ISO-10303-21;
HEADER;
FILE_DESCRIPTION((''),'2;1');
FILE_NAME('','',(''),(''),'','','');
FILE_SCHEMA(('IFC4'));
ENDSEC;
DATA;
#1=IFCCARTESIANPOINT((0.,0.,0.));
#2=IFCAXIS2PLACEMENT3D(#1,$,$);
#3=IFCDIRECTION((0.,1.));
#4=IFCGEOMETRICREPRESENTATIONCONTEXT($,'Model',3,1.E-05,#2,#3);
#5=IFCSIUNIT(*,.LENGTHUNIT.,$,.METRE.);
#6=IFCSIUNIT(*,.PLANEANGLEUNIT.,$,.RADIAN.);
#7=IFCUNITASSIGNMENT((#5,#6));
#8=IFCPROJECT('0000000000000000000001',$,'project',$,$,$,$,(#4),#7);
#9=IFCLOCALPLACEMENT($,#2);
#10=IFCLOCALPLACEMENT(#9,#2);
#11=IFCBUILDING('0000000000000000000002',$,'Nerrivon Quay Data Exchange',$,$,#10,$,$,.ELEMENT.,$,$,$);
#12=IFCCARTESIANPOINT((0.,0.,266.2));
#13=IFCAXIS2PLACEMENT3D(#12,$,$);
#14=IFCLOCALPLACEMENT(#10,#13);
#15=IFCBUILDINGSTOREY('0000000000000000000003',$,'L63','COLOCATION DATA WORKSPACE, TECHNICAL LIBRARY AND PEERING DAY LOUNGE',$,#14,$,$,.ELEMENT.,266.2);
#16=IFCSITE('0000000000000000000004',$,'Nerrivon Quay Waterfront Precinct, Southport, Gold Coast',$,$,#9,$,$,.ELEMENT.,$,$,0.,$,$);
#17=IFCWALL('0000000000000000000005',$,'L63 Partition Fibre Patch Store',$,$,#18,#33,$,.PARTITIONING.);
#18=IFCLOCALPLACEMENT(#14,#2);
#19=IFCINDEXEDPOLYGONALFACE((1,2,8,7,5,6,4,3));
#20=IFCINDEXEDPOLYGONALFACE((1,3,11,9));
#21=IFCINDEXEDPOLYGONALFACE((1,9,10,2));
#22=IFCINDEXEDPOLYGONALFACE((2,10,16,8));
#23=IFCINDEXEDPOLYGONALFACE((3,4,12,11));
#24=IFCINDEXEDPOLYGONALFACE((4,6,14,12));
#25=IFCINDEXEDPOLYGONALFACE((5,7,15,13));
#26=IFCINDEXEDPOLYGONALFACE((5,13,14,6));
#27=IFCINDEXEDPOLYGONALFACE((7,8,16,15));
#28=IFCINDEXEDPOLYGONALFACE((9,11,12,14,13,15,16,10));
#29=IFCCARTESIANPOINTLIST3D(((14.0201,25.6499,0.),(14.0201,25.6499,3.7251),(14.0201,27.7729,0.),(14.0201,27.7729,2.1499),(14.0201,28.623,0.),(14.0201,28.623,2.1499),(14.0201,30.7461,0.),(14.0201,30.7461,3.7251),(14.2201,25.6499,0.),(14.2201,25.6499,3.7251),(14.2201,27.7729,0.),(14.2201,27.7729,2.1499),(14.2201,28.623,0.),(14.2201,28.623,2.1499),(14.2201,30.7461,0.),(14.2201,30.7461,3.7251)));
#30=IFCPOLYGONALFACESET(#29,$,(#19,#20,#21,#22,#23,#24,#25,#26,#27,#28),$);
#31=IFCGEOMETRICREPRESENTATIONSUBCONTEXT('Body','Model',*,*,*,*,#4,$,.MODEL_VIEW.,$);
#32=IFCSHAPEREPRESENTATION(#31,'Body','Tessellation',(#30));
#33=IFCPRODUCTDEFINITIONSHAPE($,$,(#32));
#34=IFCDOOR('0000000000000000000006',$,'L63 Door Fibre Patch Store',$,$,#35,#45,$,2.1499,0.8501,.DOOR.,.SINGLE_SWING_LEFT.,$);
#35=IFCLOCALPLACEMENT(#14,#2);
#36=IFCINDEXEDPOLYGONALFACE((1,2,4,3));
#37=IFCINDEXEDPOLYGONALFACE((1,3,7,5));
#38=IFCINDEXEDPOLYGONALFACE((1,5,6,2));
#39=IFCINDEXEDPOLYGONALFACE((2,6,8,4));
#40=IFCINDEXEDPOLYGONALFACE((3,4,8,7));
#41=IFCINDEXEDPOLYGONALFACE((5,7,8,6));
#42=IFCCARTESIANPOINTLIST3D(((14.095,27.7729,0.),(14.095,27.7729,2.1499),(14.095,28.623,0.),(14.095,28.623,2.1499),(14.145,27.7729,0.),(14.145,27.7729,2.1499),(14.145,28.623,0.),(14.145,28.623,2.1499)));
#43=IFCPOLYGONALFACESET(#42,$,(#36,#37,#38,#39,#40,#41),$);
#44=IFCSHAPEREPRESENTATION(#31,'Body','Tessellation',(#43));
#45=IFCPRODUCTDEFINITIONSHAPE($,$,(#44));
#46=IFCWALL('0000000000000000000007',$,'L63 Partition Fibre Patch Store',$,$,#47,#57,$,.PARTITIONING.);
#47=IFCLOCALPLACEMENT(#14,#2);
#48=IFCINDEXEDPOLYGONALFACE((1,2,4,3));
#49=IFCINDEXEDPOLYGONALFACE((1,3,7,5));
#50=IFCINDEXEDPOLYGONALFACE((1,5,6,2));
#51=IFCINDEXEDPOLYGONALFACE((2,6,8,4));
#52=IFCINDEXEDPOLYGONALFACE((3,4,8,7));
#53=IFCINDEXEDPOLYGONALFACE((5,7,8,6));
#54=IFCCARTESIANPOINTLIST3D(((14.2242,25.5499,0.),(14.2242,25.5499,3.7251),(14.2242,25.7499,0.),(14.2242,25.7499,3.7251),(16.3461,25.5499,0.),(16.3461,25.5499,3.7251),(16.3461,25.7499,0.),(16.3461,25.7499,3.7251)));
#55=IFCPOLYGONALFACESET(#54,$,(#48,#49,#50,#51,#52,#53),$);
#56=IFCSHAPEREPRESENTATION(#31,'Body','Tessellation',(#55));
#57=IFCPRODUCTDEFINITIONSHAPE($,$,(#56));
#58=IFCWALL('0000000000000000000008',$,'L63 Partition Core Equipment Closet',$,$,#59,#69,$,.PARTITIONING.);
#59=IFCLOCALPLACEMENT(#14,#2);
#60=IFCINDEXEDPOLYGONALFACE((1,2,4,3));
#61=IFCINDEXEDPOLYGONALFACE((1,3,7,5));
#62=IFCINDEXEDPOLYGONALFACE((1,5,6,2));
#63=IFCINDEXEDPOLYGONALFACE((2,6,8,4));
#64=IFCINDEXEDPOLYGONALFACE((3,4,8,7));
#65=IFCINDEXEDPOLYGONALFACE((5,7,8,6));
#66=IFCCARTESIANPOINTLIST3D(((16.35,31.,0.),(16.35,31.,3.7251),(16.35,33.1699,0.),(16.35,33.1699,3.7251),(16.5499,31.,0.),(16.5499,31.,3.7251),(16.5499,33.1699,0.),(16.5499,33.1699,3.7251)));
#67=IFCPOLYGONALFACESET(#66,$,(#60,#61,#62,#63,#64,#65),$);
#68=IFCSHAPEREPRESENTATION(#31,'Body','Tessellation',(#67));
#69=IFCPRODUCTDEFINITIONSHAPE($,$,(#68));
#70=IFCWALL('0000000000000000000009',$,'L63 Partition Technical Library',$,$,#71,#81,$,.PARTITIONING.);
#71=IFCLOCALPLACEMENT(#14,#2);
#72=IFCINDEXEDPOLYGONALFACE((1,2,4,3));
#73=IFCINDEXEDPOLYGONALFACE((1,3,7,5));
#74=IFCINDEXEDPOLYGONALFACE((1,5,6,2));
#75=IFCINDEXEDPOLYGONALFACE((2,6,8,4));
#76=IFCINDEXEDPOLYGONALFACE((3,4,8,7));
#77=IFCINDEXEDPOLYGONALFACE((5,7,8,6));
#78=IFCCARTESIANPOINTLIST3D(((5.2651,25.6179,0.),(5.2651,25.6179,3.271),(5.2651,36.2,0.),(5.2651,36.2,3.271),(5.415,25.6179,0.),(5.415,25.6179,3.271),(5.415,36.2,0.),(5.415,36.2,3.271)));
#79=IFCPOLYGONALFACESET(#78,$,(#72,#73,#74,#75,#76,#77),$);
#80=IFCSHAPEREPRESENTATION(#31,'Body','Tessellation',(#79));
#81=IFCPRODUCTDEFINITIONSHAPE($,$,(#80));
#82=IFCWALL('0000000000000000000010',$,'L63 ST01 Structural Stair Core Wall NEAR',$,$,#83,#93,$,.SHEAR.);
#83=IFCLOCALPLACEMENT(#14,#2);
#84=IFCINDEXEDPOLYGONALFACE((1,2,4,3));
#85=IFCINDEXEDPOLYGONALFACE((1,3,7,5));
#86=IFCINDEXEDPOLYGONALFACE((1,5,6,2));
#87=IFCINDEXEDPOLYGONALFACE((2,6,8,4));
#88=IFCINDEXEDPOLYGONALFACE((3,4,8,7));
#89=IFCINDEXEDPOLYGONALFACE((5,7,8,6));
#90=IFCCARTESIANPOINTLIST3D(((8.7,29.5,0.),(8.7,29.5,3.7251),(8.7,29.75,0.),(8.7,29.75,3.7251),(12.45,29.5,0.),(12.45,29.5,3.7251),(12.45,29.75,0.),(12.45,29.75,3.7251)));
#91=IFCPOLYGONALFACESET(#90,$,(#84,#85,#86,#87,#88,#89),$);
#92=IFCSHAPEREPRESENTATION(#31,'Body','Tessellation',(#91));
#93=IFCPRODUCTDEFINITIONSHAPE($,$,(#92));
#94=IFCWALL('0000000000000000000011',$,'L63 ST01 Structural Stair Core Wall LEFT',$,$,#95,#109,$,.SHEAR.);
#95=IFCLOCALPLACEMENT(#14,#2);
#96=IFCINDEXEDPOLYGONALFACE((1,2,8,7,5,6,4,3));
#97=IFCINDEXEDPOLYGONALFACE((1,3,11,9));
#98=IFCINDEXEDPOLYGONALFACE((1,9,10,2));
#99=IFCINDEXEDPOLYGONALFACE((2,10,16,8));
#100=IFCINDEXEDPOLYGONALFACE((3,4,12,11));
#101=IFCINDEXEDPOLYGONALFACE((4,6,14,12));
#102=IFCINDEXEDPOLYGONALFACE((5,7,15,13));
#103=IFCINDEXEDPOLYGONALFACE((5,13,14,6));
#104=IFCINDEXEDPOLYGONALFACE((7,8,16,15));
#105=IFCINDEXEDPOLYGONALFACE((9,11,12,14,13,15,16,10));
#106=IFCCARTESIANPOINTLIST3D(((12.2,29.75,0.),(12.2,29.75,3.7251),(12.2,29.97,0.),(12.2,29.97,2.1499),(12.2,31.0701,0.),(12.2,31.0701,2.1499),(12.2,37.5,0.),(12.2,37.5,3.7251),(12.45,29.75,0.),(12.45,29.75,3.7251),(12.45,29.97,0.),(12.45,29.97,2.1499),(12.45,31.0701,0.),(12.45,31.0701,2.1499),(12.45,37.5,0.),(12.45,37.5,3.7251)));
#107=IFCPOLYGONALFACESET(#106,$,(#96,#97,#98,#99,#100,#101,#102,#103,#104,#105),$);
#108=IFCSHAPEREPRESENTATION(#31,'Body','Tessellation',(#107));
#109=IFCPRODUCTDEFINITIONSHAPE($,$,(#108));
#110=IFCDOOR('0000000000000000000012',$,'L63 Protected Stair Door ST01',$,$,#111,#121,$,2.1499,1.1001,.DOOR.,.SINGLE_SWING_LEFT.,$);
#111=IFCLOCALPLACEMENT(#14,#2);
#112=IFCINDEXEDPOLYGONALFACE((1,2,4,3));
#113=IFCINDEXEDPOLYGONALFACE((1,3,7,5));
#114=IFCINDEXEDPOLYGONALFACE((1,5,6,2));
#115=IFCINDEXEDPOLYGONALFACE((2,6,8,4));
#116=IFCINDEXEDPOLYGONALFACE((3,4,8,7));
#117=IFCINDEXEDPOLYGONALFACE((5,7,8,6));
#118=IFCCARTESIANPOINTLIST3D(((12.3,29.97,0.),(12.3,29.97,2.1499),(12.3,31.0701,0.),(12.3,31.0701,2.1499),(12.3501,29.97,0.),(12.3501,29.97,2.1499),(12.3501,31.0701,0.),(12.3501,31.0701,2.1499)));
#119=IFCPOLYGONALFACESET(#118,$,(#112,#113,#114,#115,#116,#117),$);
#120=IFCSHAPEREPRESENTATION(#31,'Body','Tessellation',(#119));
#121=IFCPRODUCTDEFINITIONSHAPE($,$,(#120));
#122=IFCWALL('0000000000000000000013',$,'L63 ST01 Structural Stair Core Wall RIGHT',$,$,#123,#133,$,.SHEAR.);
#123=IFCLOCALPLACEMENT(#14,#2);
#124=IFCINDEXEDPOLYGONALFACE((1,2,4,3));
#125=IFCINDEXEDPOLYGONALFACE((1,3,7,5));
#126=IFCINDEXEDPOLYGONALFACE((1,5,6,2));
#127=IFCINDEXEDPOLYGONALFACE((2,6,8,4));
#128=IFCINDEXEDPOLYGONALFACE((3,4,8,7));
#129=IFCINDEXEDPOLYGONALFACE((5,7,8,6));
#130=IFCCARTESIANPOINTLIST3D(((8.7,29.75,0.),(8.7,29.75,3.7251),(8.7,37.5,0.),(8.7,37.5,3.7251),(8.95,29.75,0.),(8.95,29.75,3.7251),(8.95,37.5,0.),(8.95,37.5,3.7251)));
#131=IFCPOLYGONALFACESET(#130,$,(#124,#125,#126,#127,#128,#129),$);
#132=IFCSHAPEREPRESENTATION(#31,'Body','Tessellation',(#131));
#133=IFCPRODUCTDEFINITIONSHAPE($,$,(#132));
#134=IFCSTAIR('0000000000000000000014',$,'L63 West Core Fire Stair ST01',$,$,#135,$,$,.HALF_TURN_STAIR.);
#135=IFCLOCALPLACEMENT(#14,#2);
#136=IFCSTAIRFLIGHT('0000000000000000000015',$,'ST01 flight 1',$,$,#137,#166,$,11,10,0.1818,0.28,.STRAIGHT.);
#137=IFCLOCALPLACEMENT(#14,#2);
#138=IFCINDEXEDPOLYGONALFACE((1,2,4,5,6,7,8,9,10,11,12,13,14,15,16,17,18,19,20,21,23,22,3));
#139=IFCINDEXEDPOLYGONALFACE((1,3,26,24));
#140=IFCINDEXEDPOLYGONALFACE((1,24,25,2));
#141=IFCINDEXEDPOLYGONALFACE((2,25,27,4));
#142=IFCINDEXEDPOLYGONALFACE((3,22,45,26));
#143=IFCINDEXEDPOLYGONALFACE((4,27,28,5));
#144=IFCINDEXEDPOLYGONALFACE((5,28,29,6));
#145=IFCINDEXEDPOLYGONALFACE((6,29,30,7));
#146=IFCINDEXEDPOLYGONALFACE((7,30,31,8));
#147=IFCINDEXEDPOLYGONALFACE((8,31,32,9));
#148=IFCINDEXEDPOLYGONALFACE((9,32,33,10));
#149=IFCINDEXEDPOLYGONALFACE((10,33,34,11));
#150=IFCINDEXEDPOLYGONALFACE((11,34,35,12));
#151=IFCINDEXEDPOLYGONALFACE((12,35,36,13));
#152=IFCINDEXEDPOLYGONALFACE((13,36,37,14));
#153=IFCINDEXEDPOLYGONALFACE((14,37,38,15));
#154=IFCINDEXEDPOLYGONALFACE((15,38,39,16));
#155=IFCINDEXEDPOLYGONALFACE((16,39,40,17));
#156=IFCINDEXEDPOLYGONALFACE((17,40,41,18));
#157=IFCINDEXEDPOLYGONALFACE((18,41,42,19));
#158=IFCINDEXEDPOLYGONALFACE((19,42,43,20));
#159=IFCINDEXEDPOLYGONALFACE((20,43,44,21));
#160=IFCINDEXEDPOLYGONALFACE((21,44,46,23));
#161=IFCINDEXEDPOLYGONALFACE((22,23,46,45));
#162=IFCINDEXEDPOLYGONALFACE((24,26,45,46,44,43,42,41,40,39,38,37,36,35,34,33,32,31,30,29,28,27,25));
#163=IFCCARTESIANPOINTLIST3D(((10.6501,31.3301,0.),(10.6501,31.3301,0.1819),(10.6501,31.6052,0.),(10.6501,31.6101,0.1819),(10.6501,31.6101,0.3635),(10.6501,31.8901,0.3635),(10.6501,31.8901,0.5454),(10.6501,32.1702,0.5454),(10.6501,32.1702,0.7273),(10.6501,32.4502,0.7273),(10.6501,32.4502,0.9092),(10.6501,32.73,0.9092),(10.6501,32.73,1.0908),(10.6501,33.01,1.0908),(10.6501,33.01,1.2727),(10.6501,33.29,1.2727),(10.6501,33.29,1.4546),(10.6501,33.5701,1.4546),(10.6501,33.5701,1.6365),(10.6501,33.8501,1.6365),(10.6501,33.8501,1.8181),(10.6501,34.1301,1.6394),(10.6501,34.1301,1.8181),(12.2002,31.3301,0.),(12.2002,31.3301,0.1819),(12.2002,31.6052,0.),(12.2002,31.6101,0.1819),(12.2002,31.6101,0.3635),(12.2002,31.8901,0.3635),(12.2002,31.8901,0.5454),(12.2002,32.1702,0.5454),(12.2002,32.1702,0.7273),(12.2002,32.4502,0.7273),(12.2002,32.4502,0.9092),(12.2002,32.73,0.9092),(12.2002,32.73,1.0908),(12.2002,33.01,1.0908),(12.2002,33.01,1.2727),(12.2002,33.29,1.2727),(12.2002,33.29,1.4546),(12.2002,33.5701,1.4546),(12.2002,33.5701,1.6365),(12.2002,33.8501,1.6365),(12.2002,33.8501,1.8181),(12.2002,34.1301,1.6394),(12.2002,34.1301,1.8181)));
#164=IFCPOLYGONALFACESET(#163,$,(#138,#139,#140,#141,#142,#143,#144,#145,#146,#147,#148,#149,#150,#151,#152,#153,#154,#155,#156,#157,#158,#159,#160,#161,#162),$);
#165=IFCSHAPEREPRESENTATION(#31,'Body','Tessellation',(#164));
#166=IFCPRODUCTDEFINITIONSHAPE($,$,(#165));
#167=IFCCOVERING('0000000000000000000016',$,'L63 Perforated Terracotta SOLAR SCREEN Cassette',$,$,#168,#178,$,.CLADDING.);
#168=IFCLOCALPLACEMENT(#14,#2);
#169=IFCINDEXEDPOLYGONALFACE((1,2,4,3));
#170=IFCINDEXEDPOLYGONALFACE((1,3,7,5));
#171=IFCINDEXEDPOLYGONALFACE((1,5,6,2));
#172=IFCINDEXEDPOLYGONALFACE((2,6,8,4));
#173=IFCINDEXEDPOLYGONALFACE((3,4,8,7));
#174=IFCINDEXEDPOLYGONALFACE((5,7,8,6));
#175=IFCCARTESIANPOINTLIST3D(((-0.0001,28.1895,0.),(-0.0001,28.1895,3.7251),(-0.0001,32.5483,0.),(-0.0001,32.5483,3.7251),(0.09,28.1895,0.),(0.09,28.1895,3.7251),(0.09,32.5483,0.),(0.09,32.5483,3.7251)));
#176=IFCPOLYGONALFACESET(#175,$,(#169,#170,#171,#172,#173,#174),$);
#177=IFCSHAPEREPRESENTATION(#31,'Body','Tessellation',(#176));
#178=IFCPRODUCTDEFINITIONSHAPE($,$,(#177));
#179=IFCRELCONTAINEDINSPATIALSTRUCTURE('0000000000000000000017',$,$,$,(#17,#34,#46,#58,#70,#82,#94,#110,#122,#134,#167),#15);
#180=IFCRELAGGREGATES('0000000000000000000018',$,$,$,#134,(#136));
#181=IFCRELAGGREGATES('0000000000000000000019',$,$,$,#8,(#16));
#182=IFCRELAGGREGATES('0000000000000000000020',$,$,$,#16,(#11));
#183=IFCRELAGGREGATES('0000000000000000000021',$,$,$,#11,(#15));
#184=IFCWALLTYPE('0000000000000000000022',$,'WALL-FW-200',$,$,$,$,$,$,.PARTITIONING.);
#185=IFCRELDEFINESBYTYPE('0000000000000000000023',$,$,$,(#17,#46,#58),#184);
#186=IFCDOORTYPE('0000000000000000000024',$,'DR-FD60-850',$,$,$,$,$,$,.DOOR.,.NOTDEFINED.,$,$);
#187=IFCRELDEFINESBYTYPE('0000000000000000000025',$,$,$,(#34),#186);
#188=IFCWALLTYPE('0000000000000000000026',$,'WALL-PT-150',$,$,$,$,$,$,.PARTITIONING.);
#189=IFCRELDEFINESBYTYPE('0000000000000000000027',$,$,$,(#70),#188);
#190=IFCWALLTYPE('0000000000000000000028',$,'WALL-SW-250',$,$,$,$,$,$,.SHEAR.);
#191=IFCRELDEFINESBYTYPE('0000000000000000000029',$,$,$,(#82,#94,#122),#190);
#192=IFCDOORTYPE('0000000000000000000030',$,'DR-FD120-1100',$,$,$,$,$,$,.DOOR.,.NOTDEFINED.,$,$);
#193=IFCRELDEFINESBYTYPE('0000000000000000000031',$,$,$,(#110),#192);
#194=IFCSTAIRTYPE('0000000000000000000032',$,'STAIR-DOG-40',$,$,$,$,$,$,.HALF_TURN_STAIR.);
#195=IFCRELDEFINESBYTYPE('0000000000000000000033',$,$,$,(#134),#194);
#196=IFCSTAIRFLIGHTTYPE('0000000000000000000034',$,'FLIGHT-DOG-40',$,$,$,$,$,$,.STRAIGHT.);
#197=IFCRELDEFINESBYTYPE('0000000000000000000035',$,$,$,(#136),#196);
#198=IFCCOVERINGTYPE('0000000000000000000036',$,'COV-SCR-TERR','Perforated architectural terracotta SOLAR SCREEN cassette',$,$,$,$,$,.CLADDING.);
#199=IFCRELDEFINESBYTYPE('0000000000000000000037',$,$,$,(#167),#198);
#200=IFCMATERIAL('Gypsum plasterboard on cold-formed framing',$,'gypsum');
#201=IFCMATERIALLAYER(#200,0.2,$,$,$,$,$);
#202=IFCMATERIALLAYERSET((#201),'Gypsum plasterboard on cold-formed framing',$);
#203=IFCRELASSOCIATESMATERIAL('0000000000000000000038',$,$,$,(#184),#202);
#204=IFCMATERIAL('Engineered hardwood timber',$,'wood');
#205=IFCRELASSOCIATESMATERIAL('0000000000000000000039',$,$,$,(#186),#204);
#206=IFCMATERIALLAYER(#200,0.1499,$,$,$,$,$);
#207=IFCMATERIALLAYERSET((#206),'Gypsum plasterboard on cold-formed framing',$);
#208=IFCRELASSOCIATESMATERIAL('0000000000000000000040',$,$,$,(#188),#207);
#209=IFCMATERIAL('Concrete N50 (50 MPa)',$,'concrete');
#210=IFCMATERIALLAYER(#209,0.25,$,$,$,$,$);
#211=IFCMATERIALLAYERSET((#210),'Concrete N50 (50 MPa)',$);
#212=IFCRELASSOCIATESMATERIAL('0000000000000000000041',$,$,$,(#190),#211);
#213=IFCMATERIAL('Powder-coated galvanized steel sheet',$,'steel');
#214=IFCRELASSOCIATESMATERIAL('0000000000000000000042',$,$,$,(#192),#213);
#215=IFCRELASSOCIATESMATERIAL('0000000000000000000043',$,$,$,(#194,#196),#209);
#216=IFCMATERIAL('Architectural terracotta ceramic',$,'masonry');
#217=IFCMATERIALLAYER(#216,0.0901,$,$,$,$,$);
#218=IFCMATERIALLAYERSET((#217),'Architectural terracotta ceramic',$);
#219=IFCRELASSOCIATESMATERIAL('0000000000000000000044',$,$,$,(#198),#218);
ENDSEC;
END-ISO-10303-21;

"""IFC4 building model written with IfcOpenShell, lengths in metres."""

from ifc_helpers import new_model, si_unit, direction, frame, frame_2d, origin, origin_2d, place, context, subcontext, project, spatial, polyline, rectangle, outline, extrude, material, layer, layer_set, type_object, element, fill, aggregate, save


model = new_model("IFC4")

# Units and contexts
model_context = context("Model", 3, precision=1e-05, world=origin(), true_north=direction((0.0, 1.0)))
body_context = subcontext(model_context, "Body", "Model", "MODEL_VIEW")
ifc_project = project(units=[si_unit("LENGTHUNIT", "METRE"), si_unit("PLANEANGLEUNIT", "RADIAN")], contexts=[model_context])

# Site, building, storey
site_placement = place(None, origin())
site = spatial("IfcSite", under=ifc_project, at=site_placement, Name="Nerrivon Quay Waterfront Precinct, Southport, Gold Coast", CompositionType="ELEMENT", RefElevation=0.0)
building_placement = place(site_placement, origin())
building = spatial("IfcBuilding", under=site, at=building_placement, Name="Nerrivon Quay Data Exchange", CompositionType="ELEMENT")
storey_placement = place(building_placement, frame((0.0, 0.0, 266.2)))
storey = spatial("IfcBuildingStorey", under=building, at=storey_placement, Name="L63", Description="COLOCATION DATA WORKSPACE, TECHNICAL LIBRARY AND PEERING DAY LOUNGE", CompositionType="ELEMENT", Elevation=266.2)

# Shared definitions
ifc_material_1 = material(Name="Concrete N50 (50 MPa)", Category="concrete")

# Shared definitions
ifc_material_2 = material(Name="Gypsum plasterboard on cold-formed framing", Category="gypsum")
ifc_layer_1 = layer(ifc_material_2, 0.2)
ifc_layer_set_1 = layer_set([ifc_layer_1], Name="Gypsum plasterboard on cold-formed framing")
wall_type_1 = type_object("IfcWallType", Name="WALL-FW-200", PredefinedType="PARTITIONING", material=ifc_layer_set_1)
ifc_material_3 = material(Name="Powder-coated galvanized steel sheet", Category="steel")

# Wall, opening, door
wall_1_placement = place(storey_placement, frame((14.1201, 30.7461, 0.0), z_axis=(0.0, 0.0, 1.0), x_axis=(0.0, -1.0, 0.0)))
wall_1 = element("IfcWall", 1, at=wall_1_placement, inside=storey, type_object=wall_type_1, Name="L63 Partition Fibre Patch Store", PredefinedType="PARTITIONING", context=body_context, shape_type="SweptSolid", body=[
    extrude(rectangle(XDim=5.0962, YDim=0.2, at=frame_2d((2.5481, 0.0))), origin(), (0.0, 0.0, 1.0), 3.7251),
])
opening_1_placement = place(wall_1_placement, frame((2.123, 0.0, 0.0)))
opening_1 = element("IfcOpeningElement", 2, at=opening_1_placement, cuts=wall_1, PredefinedType="OPENING", context=body_context, shape_type="SweptSolid", body=[
    extrude(rectangle(XDim=0.8501, YDim=2.1499, at=frame_2d((0.425, 1.075))), frame((0.0, 0.1099, 0.0), z_axis=(0.0, -1.0, 0.0), x_axis=(1.0, 0.0, 0.0)), (0.0, 0.0, 1.0), 0.22),
])
ifc_material_4 = material(Name="Engineered hardwood timber", Category="wood")
door_type_1 = type_object("IfcDoorType", Name="DR-FD60-850", OperationType="NOTDEFINED", PredefinedType="DOOR", material=ifc_material_4)
door_1_placement = place(opening_1_placement, origin())
door_1 = element("IfcDoor", 3, at=door_1_placement, inside=storey, type_object=door_type_1, Name="L63 Door Fibre Patch Store", OperationType="SINGLE_SWING_LEFT", OverallHeight=2.1499, OverallWidth=0.8501, PredefinedType="DOOR", context=body_context, shape_type="SweptSolid", body=[
    extrude(rectangle(XDim=0.8501, YDim=2.1499, at=frame_2d((0.425, 1.075))), frame((0.0, 0.0249, 0.0), z_axis=(0.0, -1.0, 0.0), x_axis=(1.0, 0.0, 0.0)), (0.0, 0.0, 1.0), 0.05),
])
fill(opening_1, door_1)

# Wall
wall_2_placement = place(storey_placement, frame((14.2241, 25.6499, 0.0), z_axis=(0.0, 0.0, 1.0), x_axis=(1.0, 0.0, 0.0)))
element("IfcWall", 4, at=wall_2_placement, inside=storey, type_object=wall_type_1, Name="L63 Partition Fibre Patch Store", PredefinedType="PARTITIONING", context=body_context, shape_type="SweptSolid", body=[
    extrude(rectangle(XDim=2.1218, YDim=0.2, at=frame_2d((1.061, 0.0))), origin(), (0.0, 0.0, 1.0), 3.7251),
])

# Walls
wall_3_placement = place(storey_placement, frame((16.45, 31.0, 0.0), z_axis=(0.0, 0.0, 1.0), x_axis=(0.0, 1.0, 0.0)))
element("IfcWall", 5, at=wall_3_placement, inside=storey, type_object=wall_type_1, Name="L63 Partition Core Equipment Closet", PredefinedType="PARTITIONING", context=body_context, shape_type="SweptSolid", body=[
    extrude(rectangle(XDim=2.1699, YDim=0.2, at=frame_2d((1.085, 0.0))), origin(), (0.0, 0.0, 1.0), 3.7251),
])
ifc_layer_2 = layer(ifc_material_2, 0.1499)
ifc_layer_set_2 = layer_set([ifc_layer_2], Name="Gypsum plasterboard on cold-formed framing")
wall_type_2 = type_object("IfcWallType", Name="WALL-PT-150", PredefinedType="PARTITIONING", material=ifc_layer_set_2)
wall_4_placement = place(storey_placement, frame((5.3401, 25.6179, 0.0), z_axis=(0.0, 0.0, 1.0), x_axis=(0.0, 1.0, 0.0)))
element("IfcWall", 6, at=wall_4_placement, inside=storey, type_object=wall_type_2, Name="L63 Partition Technical Library", PredefinedType="PARTITIONING", context=body_context, shape_type="SweptSolid", body=[
    extrude(rectangle(XDim=10.582, YDim=0.1499, at=frame_2d((5.291, 0.0))), origin(), (0.0, 0.0, 1.0), 3.271),
])
ifc_layer_3 = layer(ifc_material_1, 0.25)
ifc_layer_set_3 = layer_set([ifc_layer_3], Name="Concrete N50 (50 MPa)")
wall_type_3 = type_object("IfcWallType", Name="WALL-SW-250", PredefinedType="SHEAR", material=ifc_layer_set_3)
wall_5_placement = place(storey_placement, frame((12.45, 29.625, 0.0), z_axis=(0.0, 0.0, 1.0), x_axis=(-1.0, 0.0, 0.0)))
element("IfcWall", 7, at=wall_5_placement, inside=storey, type_object=wall_type_3, Name="L63 ST01 Structural Stair Core Wall NEAR", PredefinedType="SHEAR", context=body_context, shape_type="SweptSolid", body=[
    extrude(rectangle(XDim=3.75, YDim=0.25, at=frame_2d((1.875, 0.0))), origin(), (0.0, 0.0, 1.0), 3.7251),
])

# Wall, opening, door
wall_6_placement = place(storey_placement, frame((12.325, 29.75, 0.0), z_axis=(0.0, 0.0, 1.0), x_axis=(0.0, 1.0, 0.0)))
wall_6 = element("IfcWall", 8, at=wall_6_placement, inside=storey, type_object=wall_type_3, Name="L63 ST01 Structural Stair Core Wall LEFT", PredefinedType="SHEAR", context=body_context, shape_type="SweptSolid", body=[
    extrude(rectangle(XDim=7.75, YDim=0.25, at=frame_2d((3.875, 0.0))), origin(), (0.0, 0.0, 1.0), 3.7251),
])
opening_2_placement = place(wall_6_placement, frame((0.22, 0.0, 0.0)))
opening_2 = element("IfcOpeningElement", 9, at=opening_2_placement, cuts=wall_6, PredefinedType="OPENING", context=body_context, shape_type="SweptSolid", body=[
    extrude(rectangle(XDim=1.1001, YDim=2.1499, at=frame_2d((0.55, 1.075))), frame((0.0, 0.135, 0.0), z_axis=(0.0, -1.0, 0.0), x_axis=(1.0, 0.0, 0.0)), (0.0, 0.0, 1.0), 0.27),
])
door_type_2 = type_object("IfcDoorType", Name="DR-FD120-1100", OperationType="NOTDEFINED", PredefinedType="DOOR", material=ifc_material_3)
door_2_placement = place(opening_2_placement, origin())
door_2 = element("IfcDoor", 10, at=door_2_placement, inside=storey, type_object=door_type_2, Name="L63 Protected Stair Door ST01", OperationType="SINGLE_SWING_LEFT", OverallHeight=2.1499, OverallWidth=1.1001, PredefinedType="DOOR", context=body_context, shape_type="SweptSolid", body=[
    extrude(rectangle(XDim=1.1001, YDim=2.1499, at=frame_2d((0.55, 1.075))), frame((0.0, 0.0249, 0.0), z_axis=(0.0, -1.0, 0.0), x_axis=(1.0, 0.0, 0.0)), (0.0, 0.0, 1.0), 0.05),
])
fill(opening_2, door_2)

# Wall
wall_7_placement = place(storey_placement, frame((8.825, 29.75, 0.0), z_axis=(0.0, 0.0, 1.0), x_axis=(0.0, 1.0, 0.0)))
element("IfcWall", 11, at=wall_7_placement, inside=storey, type_object=wall_type_3, Name="L63 ST01 Structural Stair Core Wall RIGHT", PredefinedType="SHEAR", context=body_context, shape_type="SweptSolid", body=[
    extrude(rectangle(XDim=7.75, YDim=0.25, at=frame_2d((3.875, 0.0))), origin(), (0.0, 0.0, 1.0), 3.7251),
])

# Stair, stair flight
stair_type = type_object("IfcStairType", Name="STAIR-DOG-40", PredefinedType="HALF_TURN_STAIR", material=ifc_material_1)
stair_placement = place(storey_placement, origin())
stair = element("IfcStair", 12, at=stair_placement, inside=storey, type_object=stair_type, Name="L63 West Core Fire Stair ST01", PredefinedType="HALF_TURN_STAIR")
stair_flight_type = type_object("IfcStairFlightType", Name="FLIGHT-DOG-40", PredefinedType="STRAIGHT", material=ifc_material_1)
stair_flight_placement = place(storey_placement, frame((11.425, 31.3301, 0.0), z_axis=(0.0, 0.0, 1.0), x_axis=(0.0, 1.0, 0.0)))
stair_flight = element("IfcStairFlight", 13, at=stair_flight_placement, type_object=stair_flight_type, Name="ST01 flight 1", NumberOfRisers=11, NumberOfTreads=10, PredefinedType="STRAIGHT", RiserHeight=0.1818, TreadLength=0.28, context=body_context, shape_type="SweptSolid", body=[
    extrude(outline(polyline([(0.0, 0.0), (0.0, 0.1819), (0.28, 0.1819), (0.28, 0.3635), (0.5601, 0.3635), (0.5601, 0.5454), (0.8401, 0.5454), (0.8401, 0.7273), (1.1201, 0.7273), (1.1201, 0.9092), (1.3999, 0.9092), (1.3999, 1.0908), (1.6799, 1.0908), (1.6799, 1.2727), (1.96, 1.2727), (1.96, 1.4546), (2.24, 1.4546), (2.24, 1.6365), (2.52, 1.6365), (2.52, 1.8181), (2.8, 1.8181), (2.8, 2.0), (2.8, 1.6394), (0.2751, 0.0), (0.0, 0.0)])), frame((0.0, 0.7749, 0.0), z_axis=(0.0, -1.0, 0.0), x_axis=(1.0, 0.0, 0.0)), (0.0, 0.0, 1.0), 1.55),
])
aggregate(stair, [stair_flight])

# Covering
ifc_material_5 = material(Name="Architectural terracotta ceramic", Category="masonry")
ifc_layer_4 = layer(ifc_material_5, 0.0901)
ifc_layer_set_4 = layer_set([ifc_layer_4], Name="Architectural terracotta ceramic")
covering_type = type_object("IfcCoveringType", Name="COV-SCR-TERR", Description="Perforated architectural terracotta SOLAR SCREEN cassette", PredefinedType="CLADDING", material=ifc_layer_set_4)
covering_placement = place(storey_placement, frame((0.0449, 30.3689, 0.0), z_axis=(0.0, 0.0, 1.0), x_axis=(0.0, 1.0, 0.0)))
element("IfcCovering", 14, at=covering_placement, inside=storey, type_object=covering_type, Name="L63 Perforated Terracotta SOLAR SCREEN Cassette", PredefinedType="CLADDING", context=body_context, shape_type="SweptSolid", body=[
    extrude(rectangle(XDim=4.3589, YDim=0.0901, at=origin_2d()), origin(), (0.0, 0.0, 1.0), 3.7251),
])

save(model, "model.ifc")
